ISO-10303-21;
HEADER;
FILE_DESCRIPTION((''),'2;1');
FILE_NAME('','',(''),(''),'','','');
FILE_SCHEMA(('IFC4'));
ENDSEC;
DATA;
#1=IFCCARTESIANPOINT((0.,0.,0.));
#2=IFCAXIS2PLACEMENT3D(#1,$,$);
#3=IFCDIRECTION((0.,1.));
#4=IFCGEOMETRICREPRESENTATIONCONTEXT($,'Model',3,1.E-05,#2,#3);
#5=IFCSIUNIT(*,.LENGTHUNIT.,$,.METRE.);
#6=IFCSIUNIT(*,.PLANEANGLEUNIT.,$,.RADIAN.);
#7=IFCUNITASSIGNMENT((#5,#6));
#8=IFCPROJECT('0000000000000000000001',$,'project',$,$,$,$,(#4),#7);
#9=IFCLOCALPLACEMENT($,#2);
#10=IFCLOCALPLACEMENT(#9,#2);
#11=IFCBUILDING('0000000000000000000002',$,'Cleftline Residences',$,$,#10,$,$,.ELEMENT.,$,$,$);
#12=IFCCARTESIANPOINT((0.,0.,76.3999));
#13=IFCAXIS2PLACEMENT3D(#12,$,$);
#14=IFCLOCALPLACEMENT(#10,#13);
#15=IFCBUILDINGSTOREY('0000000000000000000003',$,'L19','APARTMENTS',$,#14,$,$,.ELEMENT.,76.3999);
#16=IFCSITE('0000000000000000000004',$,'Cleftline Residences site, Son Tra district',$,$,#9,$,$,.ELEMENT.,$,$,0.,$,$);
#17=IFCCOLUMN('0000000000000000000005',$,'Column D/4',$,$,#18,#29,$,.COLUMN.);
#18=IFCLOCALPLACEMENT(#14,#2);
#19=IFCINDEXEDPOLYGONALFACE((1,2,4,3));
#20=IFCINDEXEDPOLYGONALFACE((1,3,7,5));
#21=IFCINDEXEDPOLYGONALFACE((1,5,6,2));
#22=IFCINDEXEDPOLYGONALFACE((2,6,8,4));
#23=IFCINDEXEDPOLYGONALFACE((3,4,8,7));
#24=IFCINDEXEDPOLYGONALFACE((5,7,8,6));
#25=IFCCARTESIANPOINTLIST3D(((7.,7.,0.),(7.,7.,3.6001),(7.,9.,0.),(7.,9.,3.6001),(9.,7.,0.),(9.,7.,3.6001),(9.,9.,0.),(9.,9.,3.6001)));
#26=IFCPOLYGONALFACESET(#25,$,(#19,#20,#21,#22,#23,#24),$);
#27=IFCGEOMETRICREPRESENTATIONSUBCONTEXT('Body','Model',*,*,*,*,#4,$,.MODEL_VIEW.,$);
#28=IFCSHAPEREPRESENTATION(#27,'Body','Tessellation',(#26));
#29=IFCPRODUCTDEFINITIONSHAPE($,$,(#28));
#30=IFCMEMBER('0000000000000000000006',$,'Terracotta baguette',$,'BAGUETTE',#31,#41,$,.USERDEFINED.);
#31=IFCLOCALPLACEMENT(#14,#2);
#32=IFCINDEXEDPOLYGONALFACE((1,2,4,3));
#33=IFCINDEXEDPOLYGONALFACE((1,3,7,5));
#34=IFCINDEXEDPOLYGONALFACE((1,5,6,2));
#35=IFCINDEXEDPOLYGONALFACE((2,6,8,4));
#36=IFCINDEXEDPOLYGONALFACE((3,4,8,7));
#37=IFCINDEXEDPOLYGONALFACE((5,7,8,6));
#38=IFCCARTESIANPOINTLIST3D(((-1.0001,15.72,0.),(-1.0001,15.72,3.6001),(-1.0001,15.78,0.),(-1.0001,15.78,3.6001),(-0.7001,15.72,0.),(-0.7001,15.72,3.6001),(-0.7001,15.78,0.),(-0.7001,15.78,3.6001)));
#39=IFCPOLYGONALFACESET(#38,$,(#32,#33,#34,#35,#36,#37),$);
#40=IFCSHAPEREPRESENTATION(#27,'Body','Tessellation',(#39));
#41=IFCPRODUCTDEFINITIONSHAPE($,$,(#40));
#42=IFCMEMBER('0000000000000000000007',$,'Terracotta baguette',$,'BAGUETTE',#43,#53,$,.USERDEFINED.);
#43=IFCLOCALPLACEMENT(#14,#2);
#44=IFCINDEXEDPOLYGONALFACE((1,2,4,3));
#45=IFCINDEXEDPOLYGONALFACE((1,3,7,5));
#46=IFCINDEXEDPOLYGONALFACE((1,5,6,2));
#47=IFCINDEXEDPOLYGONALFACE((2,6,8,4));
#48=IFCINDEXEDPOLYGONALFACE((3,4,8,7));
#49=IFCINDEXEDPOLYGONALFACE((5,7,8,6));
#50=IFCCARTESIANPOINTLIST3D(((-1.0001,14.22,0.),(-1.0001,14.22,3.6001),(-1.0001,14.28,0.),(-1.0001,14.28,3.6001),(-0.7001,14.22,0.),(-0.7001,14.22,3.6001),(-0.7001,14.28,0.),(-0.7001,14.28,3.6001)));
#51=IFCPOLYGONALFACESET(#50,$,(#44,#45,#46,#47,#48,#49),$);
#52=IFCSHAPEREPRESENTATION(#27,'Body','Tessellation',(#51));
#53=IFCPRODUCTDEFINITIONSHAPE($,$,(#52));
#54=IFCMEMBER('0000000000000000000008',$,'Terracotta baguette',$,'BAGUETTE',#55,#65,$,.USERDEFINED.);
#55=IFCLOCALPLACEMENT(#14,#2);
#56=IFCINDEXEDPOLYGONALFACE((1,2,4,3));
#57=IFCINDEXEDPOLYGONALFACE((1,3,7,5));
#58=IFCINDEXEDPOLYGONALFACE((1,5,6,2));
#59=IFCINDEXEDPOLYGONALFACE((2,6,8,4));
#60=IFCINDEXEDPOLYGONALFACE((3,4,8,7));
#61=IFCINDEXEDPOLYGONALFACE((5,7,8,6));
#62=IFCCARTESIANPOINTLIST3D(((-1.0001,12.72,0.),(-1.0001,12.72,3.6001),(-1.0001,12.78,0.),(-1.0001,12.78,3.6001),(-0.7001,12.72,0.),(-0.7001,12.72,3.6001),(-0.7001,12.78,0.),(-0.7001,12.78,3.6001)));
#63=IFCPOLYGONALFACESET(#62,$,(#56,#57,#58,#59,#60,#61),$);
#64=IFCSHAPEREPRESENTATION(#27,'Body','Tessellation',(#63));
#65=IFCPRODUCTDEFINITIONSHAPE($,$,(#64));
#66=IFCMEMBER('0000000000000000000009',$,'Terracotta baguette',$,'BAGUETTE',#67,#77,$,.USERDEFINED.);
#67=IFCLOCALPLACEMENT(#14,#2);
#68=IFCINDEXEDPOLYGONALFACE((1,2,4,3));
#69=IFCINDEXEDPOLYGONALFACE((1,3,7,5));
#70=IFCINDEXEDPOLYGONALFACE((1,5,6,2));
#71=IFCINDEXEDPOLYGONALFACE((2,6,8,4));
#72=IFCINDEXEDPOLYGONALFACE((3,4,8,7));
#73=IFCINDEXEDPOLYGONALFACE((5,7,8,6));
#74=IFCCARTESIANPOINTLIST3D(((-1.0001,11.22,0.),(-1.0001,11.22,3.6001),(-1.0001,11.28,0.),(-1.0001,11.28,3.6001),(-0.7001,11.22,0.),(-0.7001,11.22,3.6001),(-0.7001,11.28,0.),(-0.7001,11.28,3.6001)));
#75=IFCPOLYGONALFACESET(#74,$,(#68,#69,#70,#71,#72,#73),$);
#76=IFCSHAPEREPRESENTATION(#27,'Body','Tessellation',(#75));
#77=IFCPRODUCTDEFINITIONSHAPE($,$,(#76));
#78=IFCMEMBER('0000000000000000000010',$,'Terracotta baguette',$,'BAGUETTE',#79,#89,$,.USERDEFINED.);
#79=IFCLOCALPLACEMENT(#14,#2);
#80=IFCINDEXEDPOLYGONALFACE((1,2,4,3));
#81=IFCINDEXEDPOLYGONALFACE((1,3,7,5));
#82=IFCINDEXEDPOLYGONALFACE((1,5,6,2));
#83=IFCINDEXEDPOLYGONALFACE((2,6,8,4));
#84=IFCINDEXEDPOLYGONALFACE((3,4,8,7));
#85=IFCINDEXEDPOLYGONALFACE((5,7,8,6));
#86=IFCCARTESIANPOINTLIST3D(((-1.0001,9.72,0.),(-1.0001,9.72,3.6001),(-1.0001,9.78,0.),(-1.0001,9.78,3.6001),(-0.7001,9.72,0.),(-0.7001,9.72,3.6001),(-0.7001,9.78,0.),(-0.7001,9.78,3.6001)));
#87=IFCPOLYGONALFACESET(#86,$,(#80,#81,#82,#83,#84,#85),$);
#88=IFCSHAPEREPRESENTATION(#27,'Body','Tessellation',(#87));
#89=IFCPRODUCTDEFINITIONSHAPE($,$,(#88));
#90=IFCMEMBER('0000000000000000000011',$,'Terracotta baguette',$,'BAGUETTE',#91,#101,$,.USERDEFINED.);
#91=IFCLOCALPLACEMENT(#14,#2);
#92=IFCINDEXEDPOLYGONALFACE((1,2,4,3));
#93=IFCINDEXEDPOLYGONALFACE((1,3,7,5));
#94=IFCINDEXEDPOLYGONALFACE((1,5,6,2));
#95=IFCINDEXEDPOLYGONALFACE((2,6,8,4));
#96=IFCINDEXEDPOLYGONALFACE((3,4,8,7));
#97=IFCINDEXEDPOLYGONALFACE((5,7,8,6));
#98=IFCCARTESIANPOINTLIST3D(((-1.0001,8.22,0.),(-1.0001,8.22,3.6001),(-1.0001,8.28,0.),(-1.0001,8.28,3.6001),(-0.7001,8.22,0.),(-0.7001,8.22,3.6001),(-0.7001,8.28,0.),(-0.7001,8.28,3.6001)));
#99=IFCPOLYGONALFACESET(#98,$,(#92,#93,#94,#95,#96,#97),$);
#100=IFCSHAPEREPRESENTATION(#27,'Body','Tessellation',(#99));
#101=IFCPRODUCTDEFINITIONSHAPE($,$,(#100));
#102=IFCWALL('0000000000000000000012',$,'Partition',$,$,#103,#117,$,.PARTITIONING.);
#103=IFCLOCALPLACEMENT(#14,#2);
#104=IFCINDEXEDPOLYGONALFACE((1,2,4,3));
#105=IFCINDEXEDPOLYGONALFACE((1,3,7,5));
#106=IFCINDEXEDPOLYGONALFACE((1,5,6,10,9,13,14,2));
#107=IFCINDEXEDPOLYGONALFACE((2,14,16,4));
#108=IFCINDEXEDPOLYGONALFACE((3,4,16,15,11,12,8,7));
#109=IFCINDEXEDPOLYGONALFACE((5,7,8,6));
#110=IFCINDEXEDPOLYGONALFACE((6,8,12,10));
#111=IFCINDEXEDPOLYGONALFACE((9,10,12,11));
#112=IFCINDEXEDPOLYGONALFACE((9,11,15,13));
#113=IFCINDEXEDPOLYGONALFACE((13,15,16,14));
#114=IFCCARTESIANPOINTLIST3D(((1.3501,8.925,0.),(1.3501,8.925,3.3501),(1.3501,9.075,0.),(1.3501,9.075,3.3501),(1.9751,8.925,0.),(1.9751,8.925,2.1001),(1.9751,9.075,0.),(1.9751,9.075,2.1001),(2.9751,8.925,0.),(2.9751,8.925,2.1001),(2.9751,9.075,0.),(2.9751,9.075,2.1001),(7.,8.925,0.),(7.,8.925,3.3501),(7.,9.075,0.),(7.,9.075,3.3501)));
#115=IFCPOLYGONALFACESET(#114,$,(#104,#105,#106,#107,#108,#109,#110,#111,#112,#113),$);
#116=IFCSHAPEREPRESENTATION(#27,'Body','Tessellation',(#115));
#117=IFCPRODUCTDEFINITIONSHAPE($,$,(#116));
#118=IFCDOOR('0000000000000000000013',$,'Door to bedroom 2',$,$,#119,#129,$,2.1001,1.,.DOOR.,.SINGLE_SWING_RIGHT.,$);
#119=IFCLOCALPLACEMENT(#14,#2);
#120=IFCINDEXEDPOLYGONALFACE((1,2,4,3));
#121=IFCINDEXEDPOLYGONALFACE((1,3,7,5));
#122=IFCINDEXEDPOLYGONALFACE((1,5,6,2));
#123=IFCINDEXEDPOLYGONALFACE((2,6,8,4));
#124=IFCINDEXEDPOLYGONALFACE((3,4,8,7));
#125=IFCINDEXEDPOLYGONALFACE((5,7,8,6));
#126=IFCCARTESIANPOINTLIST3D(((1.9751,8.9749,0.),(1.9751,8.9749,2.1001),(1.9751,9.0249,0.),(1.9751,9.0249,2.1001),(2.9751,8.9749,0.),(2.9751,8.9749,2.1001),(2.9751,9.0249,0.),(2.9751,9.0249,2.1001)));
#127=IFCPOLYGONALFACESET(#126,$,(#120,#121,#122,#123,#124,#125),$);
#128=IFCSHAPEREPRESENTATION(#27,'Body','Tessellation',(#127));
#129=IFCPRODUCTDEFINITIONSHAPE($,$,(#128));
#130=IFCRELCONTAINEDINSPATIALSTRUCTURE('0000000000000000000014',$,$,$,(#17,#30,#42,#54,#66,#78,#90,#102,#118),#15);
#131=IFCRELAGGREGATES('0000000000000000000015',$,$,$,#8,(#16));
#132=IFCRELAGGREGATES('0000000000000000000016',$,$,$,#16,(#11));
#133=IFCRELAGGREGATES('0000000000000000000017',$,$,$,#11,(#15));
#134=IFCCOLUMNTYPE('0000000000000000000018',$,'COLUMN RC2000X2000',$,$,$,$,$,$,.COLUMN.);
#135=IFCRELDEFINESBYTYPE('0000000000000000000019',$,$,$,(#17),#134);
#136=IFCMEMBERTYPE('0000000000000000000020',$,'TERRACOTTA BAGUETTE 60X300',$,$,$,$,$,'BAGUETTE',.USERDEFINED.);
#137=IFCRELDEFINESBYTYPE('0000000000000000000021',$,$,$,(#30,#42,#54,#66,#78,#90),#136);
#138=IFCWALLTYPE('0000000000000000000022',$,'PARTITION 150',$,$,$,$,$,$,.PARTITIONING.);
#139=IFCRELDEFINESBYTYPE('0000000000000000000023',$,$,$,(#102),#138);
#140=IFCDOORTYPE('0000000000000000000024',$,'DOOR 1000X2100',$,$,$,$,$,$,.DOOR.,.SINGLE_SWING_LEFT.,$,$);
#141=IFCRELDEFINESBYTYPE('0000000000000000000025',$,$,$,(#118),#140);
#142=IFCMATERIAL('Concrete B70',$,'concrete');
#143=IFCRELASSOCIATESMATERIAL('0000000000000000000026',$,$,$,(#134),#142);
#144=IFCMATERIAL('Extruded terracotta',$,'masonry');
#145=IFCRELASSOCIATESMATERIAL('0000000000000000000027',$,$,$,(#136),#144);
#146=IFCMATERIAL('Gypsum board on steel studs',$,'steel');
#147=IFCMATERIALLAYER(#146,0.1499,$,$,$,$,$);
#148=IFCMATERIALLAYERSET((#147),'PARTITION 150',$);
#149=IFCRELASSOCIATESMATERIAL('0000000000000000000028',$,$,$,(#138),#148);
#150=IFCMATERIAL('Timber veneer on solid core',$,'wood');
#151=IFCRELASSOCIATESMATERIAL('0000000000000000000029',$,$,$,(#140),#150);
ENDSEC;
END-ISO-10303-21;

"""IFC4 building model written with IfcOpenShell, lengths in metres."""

from ifc_helpers import new_model, si_unit, direction, frame, frame_2d, origin, origin_2d, place, context, subcontext, project, spatial, rectangle, extrude, material, layer, layer_set, material_profile, profile_set, type_object, element, fill, save


model = new_model("IFC4")

# Units and contexts
model_context = context("Model", 3, precision=1e-05, world=origin(), true_north=direction((0.0, 1.0)))
body_context = subcontext(model_context, "Body", "Model", "MODEL_VIEW")
ifc_project = project(units=[si_unit("LENGTHUNIT", "METRE"), si_unit("PLANEANGLEUNIT", "RADIAN")], contexts=[model_context])

# Site, building, storey
site_placement = place(None, origin())
site = spatial("IfcSite", under=ifc_project, at=site_placement, Name="Cleftline Residences site, Son Tra district", CompositionType="ELEMENT", RefElevation=0.0)
building_placement = place(site_placement, origin())
building = spatial("IfcBuilding", under=site, at=building_placement, Name="Cleftline Residences", CompositionType="ELEMENT")
storey_placement = place(building_placement, frame((0.0, 0.0, 76.3999)))
storey = spatial("IfcBuildingStorey", under=building, at=storey_placement, Name="L19", Description="APARTMENTS", CompositionType="ELEMENT", Elevation=76.3999)

# Column
ifc_material_1 = material(Name="Concrete B70", Category="concrete")
ifc_material_profile_1 = material_profile(ifc_material_1, rectangle(XDim=2.0, YDim=2.0, at=origin_2d()))
ifc_profile_set_1 = profile_set([ifc_material_profile_1], Name="Concrete B70")
column_type = type_object("IfcColumnType", Name="COLUMN RC2000X2000", PredefinedType="COLUMN", material=ifc_profile_set_1)
column_placement = place(storey_placement, frame((8.0, 8.0, 0.0), z_axis=(0.0, 0.0, 1.0), x_axis=(1.0, 0.0, 0.0)))
element("IfcColumn", 1, at=column_placement, inside=storey, type_object=column_type, Name="Column D/4", PredefinedType="COLUMN", context=body_context, shape_type="SweptSolid", body=[
    extrude(rectangle(XDim=2.0, YDim=2.0, at=origin_2d()), origin(), (0.0, 0.0, 1.0), 3.6001),
])

# Members
ifc_material_2 = material(Name="Extruded terracotta", Category="masonry")
ifc_material_profile_2 = material_profile(ifc_material_2, rectangle(XDim=0.0601, YDim=0.3, at=origin_2d()))
ifc_profile_set_2 = profile_set([ifc_material_profile_2], Name="Extruded terracotta")
member_type = type_object("IfcMemberType", Name="TERRACOTTA BAGUETTE 60X300", ElementType="BAGUETTE", PredefinedType="USERDEFINED", material=ifc_profile_set_2)
for number, where, z_axis, x_axis, name in (
    (2, (-0.8501, 15.75, 0.0), (0.0, 0.0, 1.0), (0.0, 1.0, 0.0), "Terracotta baguette"),
    (3, (-0.8501, 14.25, 0.0), (0.0, 0.0, 1.0), (0.0, 1.0, 0.0), "Terracotta baguette"),
    (4, (-0.8501, 12.75, 0.0), (0.0, 0.0, 1.0), (0.0, 1.0, 0.0), "Terracotta baguette"),
    (5, (-0.8501, 11.25, 0.0), (0.0, 0.0, 1.0), (0.0, 1.0, 0.0), "Terracotta baguette"),
    (6, (-0.8501, 9.75, 0.0), (0.0, 0.0, 1.0), (0.0, 1.0, 0.0), "Terracotta baguette"),
    (7, (-0.8501, 8.25, 0.0), (0.0, 0.0, 1.0), (0.0, 1.0, 0.0), "Terracotta baguette"),
):
    element("IfcMember", number, at=place(storey_placement, frame(where, z_axis=z_axis, x_axis=x_axis)), inside=storey, type_object=member_type, Name=name, ObjectType="BAGUETTE", PredefinedType="USERDEFINED", context=body_context, shape_type="SweptSolid", body=[
        extrude(rectangle(XDim=0.0601, YDim=0.3, at=origin_2d()), origin(), (0.0, 0.0, 1.0), 3.6001),
    ])

# Wall, opening, door
ifc_material_3 = material(Name="Gypsum board on steel studs", Category="steel")
ifc_layer = layer(ifc_material_3, 0.1499)
ifc_layer_set = layer_set([ifc_layer], Name="PARTITION 150")
wall_type = type_object("IfcWallType", Name="PARTITION 150", PredefinedType="PARTITIONING", material=ifc_layer_set)
wall_1_placement = place(storey_placement, frame((1.3501, 9.0, 0.0), z_axis=(0.0, 0.0, 1.0), x_axis=(1.0, 0.0, 0.0)))
wall_1 = element("IfcWall", 8, at=wall_1_placement, inside=storey, type_object=wall_type, Name="Partition", PredefinedType="PARTITIONING", context=body_context, shape_type="SweptSolid", body=[
    extrude(rectangle(XDim=5.6499, YDim=0.1499, at=frame_2d((2.825, 0.0))), origin(), (0.0, 0.0, 1.0), 3.3501),
])
opening_1_placement = place(wall_1_placement, frame((0.625, 0.0, 0.0)))
opening_1 = element("IfcOpeningElement", 9, at=opening_1_placement, cuts=wall_1, PredefinedType="OPENING", context=body_context, shape_type="SweptSolid", body=[
    extrude(rectangle(XDim=1.0, YDim=2.1001, at=frame_2d((0.5, 1.05))), frame((0.0, 0.085, 0.0), z_axis=(0.0, -1.0, 0.0), x_axis=(1.0, 0.0, 0.0)), (0.0, 0.0, 1.0), 0.1699),
])
ifc_material_4 = material(Name="Timber veneer on solid core", Category="wood")
door_type_1 = type_object("IfcDoorType", Name="DOOR 1000X2100", OperationType="SINGLE_SWING_LEFT", PredefinedType="DOOR", material=ifc_material_4)
door_1_placement = place(opening_1_placement, origin())
door_1 = element("IfcDoor", 10, at=door_1_placement, inside=storey, type_object=door_type_1, Name="Door to bedroom 2", OperationType="SINGLE_SWING_RIGHT", OverallHeight=2.1001, OverallWidth=1.0, PredefinedType="DOOR", context=body_context, shape_type="SweptSolid", body=[
    extrude(rectangle(XDim=1.0, YDim=2.1001, at=frame_2d((0.5, 1.05))), frame((0.0, 0.0249, 0.0), z_axis=(0.0, -1.0, 0.0), x_axis=(1.0, 0.0, 0.0)), (0.0, 0.0, 1.0), 0.05),
])
fill(opening_1, door_1)

save(model, "model.ifc")
